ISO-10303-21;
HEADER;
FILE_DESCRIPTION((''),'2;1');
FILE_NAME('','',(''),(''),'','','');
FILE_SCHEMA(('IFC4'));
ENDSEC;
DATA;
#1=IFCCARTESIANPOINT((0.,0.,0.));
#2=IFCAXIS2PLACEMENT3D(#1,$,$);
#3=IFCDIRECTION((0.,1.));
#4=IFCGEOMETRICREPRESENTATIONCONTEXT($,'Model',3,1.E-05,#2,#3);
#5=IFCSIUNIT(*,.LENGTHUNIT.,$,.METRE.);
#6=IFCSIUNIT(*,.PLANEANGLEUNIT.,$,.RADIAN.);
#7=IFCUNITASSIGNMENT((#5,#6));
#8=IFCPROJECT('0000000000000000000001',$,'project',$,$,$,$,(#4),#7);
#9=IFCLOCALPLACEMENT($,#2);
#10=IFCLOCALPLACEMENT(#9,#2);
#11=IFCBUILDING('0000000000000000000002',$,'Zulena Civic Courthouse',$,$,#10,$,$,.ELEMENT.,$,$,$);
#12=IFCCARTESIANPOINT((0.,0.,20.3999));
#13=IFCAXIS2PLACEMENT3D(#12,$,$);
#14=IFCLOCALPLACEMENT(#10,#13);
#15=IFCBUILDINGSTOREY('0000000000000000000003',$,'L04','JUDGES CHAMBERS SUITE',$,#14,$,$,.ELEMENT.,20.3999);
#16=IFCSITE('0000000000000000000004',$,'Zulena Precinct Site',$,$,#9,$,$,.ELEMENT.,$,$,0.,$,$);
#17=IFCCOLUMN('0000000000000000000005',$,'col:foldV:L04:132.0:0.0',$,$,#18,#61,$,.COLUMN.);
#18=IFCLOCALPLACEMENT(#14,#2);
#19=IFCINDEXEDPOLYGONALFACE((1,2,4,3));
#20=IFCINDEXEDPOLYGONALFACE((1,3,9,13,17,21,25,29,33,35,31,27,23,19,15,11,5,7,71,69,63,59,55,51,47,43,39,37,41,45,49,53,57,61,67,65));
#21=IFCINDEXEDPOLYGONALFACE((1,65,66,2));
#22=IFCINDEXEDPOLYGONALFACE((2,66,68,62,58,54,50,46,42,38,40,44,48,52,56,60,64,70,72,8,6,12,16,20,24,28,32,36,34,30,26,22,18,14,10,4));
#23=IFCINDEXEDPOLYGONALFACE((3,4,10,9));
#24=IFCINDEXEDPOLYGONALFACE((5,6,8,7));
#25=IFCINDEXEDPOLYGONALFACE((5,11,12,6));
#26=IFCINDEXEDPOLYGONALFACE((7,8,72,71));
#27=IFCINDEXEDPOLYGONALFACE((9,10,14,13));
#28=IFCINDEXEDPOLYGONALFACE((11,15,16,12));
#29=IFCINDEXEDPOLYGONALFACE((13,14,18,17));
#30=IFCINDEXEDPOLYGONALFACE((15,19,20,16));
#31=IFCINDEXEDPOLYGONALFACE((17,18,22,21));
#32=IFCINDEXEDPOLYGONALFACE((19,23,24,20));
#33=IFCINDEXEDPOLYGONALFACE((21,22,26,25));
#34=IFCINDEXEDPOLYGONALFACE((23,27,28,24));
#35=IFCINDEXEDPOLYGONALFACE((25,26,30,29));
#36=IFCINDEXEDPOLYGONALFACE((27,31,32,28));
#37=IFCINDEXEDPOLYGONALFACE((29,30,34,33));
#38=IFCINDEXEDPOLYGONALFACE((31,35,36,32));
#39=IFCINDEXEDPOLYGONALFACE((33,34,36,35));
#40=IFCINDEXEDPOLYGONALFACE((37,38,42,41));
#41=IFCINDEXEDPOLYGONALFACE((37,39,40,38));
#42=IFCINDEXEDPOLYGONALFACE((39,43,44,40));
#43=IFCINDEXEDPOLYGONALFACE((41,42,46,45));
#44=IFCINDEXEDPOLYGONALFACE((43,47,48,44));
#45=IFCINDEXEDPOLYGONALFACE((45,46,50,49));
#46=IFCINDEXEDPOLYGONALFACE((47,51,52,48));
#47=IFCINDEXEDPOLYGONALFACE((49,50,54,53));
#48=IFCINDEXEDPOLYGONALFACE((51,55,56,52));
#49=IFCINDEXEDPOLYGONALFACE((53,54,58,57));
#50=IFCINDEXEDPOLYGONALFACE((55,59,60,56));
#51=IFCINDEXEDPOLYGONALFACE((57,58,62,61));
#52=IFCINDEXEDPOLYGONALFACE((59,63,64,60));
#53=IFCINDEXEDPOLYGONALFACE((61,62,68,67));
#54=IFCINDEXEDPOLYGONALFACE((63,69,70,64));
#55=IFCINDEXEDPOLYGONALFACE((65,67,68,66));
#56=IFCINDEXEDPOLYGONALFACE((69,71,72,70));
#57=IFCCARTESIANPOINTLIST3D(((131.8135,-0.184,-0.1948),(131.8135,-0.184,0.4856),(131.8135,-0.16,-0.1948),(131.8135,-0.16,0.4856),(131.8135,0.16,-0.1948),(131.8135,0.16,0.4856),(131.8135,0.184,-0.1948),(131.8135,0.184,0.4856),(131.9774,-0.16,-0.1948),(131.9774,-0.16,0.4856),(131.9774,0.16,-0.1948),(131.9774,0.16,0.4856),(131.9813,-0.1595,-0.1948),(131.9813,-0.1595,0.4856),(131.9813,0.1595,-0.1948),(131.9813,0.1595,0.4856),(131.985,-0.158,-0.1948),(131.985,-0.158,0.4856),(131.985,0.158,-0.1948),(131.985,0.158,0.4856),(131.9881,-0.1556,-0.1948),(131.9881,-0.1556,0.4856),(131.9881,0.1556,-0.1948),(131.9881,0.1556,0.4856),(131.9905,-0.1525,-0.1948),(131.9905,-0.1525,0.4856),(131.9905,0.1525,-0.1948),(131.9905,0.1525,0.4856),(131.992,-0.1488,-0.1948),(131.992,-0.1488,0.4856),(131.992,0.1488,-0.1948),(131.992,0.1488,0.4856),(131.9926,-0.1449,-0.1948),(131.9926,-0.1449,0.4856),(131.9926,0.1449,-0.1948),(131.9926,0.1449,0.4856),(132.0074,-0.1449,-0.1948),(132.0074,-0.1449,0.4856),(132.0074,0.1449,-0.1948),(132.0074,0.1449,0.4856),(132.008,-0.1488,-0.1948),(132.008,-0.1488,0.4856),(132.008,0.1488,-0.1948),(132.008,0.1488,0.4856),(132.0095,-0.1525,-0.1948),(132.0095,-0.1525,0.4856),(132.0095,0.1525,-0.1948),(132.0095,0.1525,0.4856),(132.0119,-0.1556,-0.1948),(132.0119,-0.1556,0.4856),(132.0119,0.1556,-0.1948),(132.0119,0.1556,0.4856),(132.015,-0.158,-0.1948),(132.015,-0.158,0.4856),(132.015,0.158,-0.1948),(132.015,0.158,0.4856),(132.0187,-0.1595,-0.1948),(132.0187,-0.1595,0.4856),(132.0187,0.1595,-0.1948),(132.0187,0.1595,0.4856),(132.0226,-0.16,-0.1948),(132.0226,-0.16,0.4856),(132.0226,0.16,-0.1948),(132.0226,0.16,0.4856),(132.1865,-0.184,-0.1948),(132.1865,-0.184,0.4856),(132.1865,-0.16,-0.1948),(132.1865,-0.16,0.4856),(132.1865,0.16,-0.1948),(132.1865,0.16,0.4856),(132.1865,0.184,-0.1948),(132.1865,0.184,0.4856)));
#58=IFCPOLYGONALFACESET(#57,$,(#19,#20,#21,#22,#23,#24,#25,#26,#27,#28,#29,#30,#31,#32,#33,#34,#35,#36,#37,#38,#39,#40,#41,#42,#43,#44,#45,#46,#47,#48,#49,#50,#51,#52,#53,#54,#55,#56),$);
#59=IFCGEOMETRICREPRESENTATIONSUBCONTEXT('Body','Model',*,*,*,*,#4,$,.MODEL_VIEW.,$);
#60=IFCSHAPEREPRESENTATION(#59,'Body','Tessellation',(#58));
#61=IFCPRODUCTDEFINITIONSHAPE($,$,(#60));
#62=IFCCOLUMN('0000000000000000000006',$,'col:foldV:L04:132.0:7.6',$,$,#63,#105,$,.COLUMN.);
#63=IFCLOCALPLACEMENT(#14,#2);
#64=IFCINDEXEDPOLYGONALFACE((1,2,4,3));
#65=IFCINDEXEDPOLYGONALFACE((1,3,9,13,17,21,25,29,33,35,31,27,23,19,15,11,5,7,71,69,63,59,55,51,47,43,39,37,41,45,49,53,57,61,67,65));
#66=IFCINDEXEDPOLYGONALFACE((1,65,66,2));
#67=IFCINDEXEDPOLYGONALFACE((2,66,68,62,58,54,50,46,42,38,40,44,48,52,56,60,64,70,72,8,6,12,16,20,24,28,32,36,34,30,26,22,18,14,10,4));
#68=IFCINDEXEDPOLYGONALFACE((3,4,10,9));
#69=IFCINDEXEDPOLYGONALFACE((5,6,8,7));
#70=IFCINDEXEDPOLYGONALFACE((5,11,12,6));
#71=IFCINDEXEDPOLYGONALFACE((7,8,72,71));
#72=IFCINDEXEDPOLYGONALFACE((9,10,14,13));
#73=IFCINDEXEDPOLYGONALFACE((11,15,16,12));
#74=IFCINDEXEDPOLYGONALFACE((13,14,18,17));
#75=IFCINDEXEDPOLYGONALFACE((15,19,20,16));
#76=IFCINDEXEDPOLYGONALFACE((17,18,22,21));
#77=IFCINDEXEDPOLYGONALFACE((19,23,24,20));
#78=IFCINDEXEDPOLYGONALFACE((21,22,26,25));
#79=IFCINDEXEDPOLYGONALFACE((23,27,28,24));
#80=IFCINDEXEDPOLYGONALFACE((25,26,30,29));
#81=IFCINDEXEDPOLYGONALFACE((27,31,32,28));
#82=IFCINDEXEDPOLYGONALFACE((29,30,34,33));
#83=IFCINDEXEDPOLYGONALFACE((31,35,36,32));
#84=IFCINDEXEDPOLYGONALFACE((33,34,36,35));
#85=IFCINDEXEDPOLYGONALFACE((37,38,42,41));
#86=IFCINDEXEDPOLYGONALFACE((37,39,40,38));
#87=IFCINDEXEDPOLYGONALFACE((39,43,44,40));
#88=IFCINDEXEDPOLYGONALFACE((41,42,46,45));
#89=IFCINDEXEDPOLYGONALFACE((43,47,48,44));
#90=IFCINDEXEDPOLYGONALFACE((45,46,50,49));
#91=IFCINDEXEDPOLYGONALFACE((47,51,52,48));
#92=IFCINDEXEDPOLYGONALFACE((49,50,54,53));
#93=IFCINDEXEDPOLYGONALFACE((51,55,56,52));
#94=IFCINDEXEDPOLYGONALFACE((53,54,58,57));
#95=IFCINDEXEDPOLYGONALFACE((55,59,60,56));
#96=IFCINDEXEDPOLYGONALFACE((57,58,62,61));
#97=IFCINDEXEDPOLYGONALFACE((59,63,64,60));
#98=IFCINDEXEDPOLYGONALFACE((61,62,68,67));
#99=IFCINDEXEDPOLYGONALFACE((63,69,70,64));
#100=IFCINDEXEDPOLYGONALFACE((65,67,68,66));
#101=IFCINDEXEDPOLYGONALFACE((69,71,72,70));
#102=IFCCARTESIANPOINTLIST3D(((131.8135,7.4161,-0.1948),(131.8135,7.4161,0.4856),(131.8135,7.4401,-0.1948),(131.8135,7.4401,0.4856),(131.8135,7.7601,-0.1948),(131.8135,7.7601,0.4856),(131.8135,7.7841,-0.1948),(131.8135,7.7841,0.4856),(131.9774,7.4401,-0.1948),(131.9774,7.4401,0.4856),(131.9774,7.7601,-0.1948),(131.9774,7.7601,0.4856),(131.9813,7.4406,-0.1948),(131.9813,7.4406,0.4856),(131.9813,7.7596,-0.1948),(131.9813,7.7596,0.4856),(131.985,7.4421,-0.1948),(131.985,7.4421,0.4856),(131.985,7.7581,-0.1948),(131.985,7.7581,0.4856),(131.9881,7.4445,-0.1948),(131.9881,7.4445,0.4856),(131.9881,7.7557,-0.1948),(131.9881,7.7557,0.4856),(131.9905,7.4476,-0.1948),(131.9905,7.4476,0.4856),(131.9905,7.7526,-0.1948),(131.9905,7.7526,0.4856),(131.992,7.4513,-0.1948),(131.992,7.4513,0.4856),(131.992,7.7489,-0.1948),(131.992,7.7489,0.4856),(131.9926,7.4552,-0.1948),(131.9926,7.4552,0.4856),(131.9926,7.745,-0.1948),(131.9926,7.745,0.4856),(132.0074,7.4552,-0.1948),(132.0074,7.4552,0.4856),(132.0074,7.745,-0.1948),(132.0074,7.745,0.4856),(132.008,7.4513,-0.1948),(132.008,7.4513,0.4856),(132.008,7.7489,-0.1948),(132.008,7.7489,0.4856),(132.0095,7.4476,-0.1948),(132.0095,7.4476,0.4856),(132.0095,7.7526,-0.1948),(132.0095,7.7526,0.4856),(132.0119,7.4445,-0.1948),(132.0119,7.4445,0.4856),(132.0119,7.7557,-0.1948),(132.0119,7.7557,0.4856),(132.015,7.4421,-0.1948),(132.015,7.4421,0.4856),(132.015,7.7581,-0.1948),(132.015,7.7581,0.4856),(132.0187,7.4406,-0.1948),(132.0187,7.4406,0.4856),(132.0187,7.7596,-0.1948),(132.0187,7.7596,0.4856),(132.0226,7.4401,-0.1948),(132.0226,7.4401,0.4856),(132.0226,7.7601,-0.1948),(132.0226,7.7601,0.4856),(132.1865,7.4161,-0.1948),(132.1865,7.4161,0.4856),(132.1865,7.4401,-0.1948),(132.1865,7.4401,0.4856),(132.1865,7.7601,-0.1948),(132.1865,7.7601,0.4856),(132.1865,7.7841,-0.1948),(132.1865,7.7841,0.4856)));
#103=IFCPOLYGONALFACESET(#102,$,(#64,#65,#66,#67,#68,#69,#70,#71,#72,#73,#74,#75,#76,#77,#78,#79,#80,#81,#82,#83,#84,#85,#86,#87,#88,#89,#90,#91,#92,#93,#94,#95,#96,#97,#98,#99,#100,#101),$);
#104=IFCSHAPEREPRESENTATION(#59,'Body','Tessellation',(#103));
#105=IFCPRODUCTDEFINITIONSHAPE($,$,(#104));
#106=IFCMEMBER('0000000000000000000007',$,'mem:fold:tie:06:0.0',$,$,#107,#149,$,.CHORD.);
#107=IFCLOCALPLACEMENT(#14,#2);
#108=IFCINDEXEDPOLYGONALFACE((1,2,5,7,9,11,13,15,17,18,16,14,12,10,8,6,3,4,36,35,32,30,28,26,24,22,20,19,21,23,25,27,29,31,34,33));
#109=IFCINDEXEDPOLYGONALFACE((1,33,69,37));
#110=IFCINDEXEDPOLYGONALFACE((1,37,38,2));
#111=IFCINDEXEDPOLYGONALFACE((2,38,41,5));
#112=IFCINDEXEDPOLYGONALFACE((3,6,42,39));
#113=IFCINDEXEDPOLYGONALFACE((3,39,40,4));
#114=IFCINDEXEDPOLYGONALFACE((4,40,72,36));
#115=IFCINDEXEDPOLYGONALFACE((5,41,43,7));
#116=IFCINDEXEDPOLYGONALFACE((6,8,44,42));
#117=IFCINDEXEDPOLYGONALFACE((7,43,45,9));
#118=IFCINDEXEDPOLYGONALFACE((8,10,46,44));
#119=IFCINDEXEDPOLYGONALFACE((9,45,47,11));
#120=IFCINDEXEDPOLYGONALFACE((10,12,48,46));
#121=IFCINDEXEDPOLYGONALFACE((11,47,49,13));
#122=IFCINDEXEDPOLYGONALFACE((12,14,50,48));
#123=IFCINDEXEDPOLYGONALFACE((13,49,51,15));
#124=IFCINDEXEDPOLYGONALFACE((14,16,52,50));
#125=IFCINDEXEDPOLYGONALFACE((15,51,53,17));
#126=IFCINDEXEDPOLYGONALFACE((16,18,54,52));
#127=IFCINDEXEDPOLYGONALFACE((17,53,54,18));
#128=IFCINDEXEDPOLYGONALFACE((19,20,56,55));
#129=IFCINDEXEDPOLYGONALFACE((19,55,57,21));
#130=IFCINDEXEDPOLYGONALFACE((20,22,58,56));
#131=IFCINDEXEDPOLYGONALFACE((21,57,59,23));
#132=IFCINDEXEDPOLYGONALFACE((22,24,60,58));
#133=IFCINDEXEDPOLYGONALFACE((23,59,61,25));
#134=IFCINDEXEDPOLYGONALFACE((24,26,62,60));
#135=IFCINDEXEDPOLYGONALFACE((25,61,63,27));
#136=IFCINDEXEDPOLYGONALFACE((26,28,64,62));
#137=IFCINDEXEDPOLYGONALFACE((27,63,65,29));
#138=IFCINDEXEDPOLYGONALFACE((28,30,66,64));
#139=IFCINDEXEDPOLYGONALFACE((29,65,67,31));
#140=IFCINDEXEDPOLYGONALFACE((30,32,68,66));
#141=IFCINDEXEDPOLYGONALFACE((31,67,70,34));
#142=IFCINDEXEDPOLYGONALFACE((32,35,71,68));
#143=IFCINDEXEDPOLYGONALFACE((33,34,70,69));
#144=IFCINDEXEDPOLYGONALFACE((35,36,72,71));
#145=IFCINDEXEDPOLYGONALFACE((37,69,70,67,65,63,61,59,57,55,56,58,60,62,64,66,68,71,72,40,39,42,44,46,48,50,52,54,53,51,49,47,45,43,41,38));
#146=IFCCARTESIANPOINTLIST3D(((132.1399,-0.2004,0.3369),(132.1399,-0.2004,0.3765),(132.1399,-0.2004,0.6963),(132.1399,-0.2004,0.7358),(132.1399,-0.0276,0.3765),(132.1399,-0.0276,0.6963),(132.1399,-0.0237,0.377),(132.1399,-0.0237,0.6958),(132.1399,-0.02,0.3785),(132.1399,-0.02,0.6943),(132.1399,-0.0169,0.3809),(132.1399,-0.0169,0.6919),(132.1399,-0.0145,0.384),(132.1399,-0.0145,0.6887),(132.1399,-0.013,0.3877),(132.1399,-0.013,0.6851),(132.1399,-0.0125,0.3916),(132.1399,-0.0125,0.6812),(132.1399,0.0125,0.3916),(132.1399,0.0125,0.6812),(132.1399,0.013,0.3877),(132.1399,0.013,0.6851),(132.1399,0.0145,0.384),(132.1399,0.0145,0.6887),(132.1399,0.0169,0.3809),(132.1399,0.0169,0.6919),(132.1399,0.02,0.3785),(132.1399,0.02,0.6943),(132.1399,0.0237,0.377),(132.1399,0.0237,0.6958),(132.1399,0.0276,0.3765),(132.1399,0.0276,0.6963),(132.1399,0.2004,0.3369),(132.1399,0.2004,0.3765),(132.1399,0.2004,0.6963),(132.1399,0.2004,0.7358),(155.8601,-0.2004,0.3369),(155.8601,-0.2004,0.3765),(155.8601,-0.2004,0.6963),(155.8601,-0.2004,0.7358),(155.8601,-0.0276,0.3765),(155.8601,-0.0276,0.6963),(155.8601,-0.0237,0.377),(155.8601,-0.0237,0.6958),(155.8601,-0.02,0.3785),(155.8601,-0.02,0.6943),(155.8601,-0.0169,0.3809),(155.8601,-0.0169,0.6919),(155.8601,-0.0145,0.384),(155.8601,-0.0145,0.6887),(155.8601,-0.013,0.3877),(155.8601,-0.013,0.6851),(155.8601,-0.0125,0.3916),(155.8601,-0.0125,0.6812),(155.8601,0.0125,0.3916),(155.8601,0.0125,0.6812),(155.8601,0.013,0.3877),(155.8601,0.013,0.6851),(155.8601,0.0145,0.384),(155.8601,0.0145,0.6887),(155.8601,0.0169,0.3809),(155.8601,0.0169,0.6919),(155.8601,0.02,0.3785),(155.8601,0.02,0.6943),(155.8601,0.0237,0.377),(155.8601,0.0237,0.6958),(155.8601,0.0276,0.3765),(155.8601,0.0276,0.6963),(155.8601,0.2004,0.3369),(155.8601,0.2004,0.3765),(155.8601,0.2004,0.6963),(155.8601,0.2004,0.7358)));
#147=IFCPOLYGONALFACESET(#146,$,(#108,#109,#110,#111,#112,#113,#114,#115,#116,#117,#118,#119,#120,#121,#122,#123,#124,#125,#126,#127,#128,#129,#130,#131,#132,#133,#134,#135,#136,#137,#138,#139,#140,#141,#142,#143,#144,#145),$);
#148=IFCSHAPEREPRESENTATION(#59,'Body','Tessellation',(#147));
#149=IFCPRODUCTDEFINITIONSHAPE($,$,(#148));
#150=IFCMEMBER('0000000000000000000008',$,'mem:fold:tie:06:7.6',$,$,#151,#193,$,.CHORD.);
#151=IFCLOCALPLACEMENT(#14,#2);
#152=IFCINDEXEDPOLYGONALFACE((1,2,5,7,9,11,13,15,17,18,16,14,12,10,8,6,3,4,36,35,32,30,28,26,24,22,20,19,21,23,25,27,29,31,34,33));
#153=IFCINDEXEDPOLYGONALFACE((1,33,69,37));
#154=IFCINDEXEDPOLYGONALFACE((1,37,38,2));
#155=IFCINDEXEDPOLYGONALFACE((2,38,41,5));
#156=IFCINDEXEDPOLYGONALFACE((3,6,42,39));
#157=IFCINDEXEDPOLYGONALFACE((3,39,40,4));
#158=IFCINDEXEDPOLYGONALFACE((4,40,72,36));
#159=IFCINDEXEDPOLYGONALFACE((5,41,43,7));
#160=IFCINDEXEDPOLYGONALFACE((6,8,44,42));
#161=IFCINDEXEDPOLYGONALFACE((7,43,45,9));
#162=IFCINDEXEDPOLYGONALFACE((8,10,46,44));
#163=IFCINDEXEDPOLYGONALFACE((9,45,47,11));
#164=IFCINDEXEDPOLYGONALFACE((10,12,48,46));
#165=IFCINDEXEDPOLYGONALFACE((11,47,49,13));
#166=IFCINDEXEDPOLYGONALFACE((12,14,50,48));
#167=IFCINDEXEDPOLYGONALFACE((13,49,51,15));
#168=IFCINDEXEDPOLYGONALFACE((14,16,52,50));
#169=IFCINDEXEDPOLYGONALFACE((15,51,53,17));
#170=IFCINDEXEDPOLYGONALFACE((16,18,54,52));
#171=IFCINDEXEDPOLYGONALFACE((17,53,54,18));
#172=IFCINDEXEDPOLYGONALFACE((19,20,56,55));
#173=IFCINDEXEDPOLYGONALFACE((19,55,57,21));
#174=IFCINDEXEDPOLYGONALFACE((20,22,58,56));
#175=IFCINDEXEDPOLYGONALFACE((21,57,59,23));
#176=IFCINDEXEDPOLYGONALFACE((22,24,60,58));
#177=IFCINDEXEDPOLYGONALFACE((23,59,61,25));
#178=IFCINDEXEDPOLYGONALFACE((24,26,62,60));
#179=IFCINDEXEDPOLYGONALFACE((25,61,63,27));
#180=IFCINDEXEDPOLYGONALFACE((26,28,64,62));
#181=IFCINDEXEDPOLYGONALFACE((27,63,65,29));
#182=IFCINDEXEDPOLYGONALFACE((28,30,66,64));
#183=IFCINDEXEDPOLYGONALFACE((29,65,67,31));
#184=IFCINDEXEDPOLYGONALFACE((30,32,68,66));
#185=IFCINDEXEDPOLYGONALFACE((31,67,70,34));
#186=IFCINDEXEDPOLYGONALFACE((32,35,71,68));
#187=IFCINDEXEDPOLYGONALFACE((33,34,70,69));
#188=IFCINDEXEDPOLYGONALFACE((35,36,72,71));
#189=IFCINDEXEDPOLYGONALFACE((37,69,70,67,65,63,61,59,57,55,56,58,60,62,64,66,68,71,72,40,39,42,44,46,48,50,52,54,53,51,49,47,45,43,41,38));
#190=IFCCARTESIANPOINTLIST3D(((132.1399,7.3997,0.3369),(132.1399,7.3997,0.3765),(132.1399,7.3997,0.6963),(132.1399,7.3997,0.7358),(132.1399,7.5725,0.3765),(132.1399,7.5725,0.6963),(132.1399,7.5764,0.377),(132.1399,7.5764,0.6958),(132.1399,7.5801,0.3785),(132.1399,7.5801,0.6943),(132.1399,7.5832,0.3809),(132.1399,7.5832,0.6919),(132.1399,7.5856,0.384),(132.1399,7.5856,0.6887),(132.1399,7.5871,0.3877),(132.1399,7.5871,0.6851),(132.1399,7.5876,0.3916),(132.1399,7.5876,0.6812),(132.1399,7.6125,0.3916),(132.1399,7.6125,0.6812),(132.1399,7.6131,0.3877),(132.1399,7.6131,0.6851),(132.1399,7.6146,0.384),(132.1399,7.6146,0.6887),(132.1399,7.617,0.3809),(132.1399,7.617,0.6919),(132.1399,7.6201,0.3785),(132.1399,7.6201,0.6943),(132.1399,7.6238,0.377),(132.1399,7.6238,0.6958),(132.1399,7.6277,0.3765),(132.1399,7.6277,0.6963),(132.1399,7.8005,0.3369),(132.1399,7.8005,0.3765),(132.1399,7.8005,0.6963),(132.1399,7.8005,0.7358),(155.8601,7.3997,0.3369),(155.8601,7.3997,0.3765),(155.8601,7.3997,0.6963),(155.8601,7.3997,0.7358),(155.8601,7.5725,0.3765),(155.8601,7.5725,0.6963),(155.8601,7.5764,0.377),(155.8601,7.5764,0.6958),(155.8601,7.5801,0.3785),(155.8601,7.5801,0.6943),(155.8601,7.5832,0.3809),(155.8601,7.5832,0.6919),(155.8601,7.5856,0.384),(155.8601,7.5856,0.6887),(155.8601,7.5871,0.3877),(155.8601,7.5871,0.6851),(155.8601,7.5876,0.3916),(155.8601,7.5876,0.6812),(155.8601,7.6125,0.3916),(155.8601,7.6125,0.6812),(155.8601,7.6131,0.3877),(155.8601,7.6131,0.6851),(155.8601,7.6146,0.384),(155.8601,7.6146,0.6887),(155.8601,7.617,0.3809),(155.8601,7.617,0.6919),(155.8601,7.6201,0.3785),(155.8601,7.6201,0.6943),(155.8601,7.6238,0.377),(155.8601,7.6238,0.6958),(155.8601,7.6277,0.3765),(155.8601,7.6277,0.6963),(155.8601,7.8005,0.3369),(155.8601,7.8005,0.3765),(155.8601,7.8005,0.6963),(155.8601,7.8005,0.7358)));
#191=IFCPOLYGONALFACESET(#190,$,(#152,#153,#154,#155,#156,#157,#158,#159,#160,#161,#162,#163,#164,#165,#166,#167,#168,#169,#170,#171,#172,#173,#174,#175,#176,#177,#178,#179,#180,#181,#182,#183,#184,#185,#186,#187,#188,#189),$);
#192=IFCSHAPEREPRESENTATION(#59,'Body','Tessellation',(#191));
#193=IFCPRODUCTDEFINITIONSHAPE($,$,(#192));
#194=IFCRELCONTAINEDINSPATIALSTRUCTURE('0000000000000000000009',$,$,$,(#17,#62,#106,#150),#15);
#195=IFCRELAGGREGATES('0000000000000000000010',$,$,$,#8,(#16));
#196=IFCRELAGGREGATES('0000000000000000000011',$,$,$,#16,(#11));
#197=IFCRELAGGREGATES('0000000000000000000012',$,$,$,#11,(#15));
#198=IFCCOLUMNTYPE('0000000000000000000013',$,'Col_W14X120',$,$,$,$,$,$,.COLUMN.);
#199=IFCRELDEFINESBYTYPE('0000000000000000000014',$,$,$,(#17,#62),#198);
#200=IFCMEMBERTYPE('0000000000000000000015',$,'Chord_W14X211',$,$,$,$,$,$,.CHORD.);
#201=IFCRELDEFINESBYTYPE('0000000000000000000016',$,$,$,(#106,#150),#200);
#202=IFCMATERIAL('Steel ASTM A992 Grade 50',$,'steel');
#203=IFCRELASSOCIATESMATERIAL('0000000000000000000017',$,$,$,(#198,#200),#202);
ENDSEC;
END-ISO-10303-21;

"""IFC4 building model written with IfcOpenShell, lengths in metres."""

from ifc_helpers import new_model, si_unit, direction, frame, origin, origin_2d, place, context, subcontext, project, spatial, i_section, extrude, material, material_profile, profile_set, type_object, element, save


model = new_model("IFC4")

# Units and contexts
model_context = context("Model", 3, precision=1e-05, world=origin(), true_north=direction((0.0, 1.0)))
body_context = subcontext(model_context, "Body", "Model", "MODEL_VIEW")
ifc_project = project(units=[si_unit("LENGTHUNIT", "METRE"), si_unit("PLANEANGLEUNIT", "RADIAN")], contexts=[model_context])

# Site, building, storey
site_placement = place(None, origin())
site = spatial("IfcSite", under=ifc_project, at=site_placement, Name="Zulena Precinct Site", CompositionType="ELEMENT", RefElevation=0.0)
building_placement = place(site_placement, origin())
building = spatial("IfcBuilding", under=site, at=building_placement, Name="Zulena Civic Courthouse", CompositionType="ELEMENT")
storey_placement = place(building_placement, frame((0.0, 0.0, 20.3999)))
storey = spatial("IfcBuildingStorey", under=building, at=storey_placement, Name="L04", Description="JUDGES CHAMBERS SUITE", CompositionType="ELEMENT", Elevation=20.3999)

# Columns
ifc_material_1 = material(Name="Steel ASTM A992 Grade 50", Category="steel")
ifc_material_profile_1 = material_profile(ifc_material_1, i_section(OverallWidth=0.373, OverallDepth=0.3679, WebThickness=0.0149, FlangeThickness=0.0239, FilletRadius=0.0151, at=origin_2d()), Name="W14X120")
ifc_profile_set_1 = profile_set([ifc_material_profile_1], Name="Steel ASTM A992 Grade 50")
column_type = type_object("IfcColumnType", Name="Col_W14X120", PredefinedType="COLUMN", material=ifc_profile_set_1)
for number, where, z_axis, x_axis, name in (
    (1, (132.0, 0.0, -0.1948), (0.0, 0.0, 1.0), (1.0, 0.0, 0.0), "col:foldV:L04:132.0:0.0"),
    (2, (132.0, 7.6001, -0.1948), (0.0, 0.0, 1.0), (1.0, 0.0, 0.0), "col:foldV:L04:132.0:7.6"),
):
    element("IfcColumn", number, at=place(storey_placement, frame(where, z_axis=z_axis, x_axis=x_axis)), inside=storey, type_object=column_type, Name=name, PredefinedType="COLUMN", context=body_context, shape_type="SweptSolid", body=[
        extrude(i_section(OverallWidth=0.373, OverallDepth=0.3679, WebThickness=0.0149, FlangeThickness=0.0239, FilletRadius=0.0151, at=origin_2d()), origin(), (0.0, 0.0, 1.0), 0.6804),
    ])

# Members
ifc_material_profile_2 = material_profile(ifc_material_1, i_section(OverallWidth=0.4009, OverallDepth=0.3989, WebThickness=0.0249, FlangeThickness=0.0396, FilletRadius=0.0151, at=origin_2d()), Name="W14X211")
ifc_profile_set_2 = profile_set([ifc_material_profile_2], Name="Steel ASTM A992 Grade 50")
member_type_1 = type_object("IfcMemberType", Name="Chord_W14X211", PredefinedType="CHORD", material=ifc_profile_set_2)
for number, where, z_axis, x_axis, name in (
    (3, (132.1399, 0.0, 0.5364), (1.0, 0.0, 0.0), (0.0, 1.0, 0.0), "mem:fold:tie:06:0.0"),
    (4, (132.1399, 7.6001, 0.5364), (1.0, 0.0, 0.0), (0.0, 1.0, 0.0), "mem:fold:tie:06:7.6"),
):
    element("IfcMember", number, at=place(storey_placement, frame(where, z_axis=z_axis, x_axis=x_axis)), inside=storey, type_object=member_type_1, Name=name, PredefinedType="CHORD", context=body_context, shape_type="SweptSolid", body=[
        extrude(i_section(OverallWidth=0.4009, OverallDepth=0.3989, WebThickness=0.0249, FlangeThickness=0.0396, FilletRadius=0.0151, at=origin_2d()), origin(), (0.0, 0.0, 1.0), 23.7202),
    ])

save(model, "model.ifc")
